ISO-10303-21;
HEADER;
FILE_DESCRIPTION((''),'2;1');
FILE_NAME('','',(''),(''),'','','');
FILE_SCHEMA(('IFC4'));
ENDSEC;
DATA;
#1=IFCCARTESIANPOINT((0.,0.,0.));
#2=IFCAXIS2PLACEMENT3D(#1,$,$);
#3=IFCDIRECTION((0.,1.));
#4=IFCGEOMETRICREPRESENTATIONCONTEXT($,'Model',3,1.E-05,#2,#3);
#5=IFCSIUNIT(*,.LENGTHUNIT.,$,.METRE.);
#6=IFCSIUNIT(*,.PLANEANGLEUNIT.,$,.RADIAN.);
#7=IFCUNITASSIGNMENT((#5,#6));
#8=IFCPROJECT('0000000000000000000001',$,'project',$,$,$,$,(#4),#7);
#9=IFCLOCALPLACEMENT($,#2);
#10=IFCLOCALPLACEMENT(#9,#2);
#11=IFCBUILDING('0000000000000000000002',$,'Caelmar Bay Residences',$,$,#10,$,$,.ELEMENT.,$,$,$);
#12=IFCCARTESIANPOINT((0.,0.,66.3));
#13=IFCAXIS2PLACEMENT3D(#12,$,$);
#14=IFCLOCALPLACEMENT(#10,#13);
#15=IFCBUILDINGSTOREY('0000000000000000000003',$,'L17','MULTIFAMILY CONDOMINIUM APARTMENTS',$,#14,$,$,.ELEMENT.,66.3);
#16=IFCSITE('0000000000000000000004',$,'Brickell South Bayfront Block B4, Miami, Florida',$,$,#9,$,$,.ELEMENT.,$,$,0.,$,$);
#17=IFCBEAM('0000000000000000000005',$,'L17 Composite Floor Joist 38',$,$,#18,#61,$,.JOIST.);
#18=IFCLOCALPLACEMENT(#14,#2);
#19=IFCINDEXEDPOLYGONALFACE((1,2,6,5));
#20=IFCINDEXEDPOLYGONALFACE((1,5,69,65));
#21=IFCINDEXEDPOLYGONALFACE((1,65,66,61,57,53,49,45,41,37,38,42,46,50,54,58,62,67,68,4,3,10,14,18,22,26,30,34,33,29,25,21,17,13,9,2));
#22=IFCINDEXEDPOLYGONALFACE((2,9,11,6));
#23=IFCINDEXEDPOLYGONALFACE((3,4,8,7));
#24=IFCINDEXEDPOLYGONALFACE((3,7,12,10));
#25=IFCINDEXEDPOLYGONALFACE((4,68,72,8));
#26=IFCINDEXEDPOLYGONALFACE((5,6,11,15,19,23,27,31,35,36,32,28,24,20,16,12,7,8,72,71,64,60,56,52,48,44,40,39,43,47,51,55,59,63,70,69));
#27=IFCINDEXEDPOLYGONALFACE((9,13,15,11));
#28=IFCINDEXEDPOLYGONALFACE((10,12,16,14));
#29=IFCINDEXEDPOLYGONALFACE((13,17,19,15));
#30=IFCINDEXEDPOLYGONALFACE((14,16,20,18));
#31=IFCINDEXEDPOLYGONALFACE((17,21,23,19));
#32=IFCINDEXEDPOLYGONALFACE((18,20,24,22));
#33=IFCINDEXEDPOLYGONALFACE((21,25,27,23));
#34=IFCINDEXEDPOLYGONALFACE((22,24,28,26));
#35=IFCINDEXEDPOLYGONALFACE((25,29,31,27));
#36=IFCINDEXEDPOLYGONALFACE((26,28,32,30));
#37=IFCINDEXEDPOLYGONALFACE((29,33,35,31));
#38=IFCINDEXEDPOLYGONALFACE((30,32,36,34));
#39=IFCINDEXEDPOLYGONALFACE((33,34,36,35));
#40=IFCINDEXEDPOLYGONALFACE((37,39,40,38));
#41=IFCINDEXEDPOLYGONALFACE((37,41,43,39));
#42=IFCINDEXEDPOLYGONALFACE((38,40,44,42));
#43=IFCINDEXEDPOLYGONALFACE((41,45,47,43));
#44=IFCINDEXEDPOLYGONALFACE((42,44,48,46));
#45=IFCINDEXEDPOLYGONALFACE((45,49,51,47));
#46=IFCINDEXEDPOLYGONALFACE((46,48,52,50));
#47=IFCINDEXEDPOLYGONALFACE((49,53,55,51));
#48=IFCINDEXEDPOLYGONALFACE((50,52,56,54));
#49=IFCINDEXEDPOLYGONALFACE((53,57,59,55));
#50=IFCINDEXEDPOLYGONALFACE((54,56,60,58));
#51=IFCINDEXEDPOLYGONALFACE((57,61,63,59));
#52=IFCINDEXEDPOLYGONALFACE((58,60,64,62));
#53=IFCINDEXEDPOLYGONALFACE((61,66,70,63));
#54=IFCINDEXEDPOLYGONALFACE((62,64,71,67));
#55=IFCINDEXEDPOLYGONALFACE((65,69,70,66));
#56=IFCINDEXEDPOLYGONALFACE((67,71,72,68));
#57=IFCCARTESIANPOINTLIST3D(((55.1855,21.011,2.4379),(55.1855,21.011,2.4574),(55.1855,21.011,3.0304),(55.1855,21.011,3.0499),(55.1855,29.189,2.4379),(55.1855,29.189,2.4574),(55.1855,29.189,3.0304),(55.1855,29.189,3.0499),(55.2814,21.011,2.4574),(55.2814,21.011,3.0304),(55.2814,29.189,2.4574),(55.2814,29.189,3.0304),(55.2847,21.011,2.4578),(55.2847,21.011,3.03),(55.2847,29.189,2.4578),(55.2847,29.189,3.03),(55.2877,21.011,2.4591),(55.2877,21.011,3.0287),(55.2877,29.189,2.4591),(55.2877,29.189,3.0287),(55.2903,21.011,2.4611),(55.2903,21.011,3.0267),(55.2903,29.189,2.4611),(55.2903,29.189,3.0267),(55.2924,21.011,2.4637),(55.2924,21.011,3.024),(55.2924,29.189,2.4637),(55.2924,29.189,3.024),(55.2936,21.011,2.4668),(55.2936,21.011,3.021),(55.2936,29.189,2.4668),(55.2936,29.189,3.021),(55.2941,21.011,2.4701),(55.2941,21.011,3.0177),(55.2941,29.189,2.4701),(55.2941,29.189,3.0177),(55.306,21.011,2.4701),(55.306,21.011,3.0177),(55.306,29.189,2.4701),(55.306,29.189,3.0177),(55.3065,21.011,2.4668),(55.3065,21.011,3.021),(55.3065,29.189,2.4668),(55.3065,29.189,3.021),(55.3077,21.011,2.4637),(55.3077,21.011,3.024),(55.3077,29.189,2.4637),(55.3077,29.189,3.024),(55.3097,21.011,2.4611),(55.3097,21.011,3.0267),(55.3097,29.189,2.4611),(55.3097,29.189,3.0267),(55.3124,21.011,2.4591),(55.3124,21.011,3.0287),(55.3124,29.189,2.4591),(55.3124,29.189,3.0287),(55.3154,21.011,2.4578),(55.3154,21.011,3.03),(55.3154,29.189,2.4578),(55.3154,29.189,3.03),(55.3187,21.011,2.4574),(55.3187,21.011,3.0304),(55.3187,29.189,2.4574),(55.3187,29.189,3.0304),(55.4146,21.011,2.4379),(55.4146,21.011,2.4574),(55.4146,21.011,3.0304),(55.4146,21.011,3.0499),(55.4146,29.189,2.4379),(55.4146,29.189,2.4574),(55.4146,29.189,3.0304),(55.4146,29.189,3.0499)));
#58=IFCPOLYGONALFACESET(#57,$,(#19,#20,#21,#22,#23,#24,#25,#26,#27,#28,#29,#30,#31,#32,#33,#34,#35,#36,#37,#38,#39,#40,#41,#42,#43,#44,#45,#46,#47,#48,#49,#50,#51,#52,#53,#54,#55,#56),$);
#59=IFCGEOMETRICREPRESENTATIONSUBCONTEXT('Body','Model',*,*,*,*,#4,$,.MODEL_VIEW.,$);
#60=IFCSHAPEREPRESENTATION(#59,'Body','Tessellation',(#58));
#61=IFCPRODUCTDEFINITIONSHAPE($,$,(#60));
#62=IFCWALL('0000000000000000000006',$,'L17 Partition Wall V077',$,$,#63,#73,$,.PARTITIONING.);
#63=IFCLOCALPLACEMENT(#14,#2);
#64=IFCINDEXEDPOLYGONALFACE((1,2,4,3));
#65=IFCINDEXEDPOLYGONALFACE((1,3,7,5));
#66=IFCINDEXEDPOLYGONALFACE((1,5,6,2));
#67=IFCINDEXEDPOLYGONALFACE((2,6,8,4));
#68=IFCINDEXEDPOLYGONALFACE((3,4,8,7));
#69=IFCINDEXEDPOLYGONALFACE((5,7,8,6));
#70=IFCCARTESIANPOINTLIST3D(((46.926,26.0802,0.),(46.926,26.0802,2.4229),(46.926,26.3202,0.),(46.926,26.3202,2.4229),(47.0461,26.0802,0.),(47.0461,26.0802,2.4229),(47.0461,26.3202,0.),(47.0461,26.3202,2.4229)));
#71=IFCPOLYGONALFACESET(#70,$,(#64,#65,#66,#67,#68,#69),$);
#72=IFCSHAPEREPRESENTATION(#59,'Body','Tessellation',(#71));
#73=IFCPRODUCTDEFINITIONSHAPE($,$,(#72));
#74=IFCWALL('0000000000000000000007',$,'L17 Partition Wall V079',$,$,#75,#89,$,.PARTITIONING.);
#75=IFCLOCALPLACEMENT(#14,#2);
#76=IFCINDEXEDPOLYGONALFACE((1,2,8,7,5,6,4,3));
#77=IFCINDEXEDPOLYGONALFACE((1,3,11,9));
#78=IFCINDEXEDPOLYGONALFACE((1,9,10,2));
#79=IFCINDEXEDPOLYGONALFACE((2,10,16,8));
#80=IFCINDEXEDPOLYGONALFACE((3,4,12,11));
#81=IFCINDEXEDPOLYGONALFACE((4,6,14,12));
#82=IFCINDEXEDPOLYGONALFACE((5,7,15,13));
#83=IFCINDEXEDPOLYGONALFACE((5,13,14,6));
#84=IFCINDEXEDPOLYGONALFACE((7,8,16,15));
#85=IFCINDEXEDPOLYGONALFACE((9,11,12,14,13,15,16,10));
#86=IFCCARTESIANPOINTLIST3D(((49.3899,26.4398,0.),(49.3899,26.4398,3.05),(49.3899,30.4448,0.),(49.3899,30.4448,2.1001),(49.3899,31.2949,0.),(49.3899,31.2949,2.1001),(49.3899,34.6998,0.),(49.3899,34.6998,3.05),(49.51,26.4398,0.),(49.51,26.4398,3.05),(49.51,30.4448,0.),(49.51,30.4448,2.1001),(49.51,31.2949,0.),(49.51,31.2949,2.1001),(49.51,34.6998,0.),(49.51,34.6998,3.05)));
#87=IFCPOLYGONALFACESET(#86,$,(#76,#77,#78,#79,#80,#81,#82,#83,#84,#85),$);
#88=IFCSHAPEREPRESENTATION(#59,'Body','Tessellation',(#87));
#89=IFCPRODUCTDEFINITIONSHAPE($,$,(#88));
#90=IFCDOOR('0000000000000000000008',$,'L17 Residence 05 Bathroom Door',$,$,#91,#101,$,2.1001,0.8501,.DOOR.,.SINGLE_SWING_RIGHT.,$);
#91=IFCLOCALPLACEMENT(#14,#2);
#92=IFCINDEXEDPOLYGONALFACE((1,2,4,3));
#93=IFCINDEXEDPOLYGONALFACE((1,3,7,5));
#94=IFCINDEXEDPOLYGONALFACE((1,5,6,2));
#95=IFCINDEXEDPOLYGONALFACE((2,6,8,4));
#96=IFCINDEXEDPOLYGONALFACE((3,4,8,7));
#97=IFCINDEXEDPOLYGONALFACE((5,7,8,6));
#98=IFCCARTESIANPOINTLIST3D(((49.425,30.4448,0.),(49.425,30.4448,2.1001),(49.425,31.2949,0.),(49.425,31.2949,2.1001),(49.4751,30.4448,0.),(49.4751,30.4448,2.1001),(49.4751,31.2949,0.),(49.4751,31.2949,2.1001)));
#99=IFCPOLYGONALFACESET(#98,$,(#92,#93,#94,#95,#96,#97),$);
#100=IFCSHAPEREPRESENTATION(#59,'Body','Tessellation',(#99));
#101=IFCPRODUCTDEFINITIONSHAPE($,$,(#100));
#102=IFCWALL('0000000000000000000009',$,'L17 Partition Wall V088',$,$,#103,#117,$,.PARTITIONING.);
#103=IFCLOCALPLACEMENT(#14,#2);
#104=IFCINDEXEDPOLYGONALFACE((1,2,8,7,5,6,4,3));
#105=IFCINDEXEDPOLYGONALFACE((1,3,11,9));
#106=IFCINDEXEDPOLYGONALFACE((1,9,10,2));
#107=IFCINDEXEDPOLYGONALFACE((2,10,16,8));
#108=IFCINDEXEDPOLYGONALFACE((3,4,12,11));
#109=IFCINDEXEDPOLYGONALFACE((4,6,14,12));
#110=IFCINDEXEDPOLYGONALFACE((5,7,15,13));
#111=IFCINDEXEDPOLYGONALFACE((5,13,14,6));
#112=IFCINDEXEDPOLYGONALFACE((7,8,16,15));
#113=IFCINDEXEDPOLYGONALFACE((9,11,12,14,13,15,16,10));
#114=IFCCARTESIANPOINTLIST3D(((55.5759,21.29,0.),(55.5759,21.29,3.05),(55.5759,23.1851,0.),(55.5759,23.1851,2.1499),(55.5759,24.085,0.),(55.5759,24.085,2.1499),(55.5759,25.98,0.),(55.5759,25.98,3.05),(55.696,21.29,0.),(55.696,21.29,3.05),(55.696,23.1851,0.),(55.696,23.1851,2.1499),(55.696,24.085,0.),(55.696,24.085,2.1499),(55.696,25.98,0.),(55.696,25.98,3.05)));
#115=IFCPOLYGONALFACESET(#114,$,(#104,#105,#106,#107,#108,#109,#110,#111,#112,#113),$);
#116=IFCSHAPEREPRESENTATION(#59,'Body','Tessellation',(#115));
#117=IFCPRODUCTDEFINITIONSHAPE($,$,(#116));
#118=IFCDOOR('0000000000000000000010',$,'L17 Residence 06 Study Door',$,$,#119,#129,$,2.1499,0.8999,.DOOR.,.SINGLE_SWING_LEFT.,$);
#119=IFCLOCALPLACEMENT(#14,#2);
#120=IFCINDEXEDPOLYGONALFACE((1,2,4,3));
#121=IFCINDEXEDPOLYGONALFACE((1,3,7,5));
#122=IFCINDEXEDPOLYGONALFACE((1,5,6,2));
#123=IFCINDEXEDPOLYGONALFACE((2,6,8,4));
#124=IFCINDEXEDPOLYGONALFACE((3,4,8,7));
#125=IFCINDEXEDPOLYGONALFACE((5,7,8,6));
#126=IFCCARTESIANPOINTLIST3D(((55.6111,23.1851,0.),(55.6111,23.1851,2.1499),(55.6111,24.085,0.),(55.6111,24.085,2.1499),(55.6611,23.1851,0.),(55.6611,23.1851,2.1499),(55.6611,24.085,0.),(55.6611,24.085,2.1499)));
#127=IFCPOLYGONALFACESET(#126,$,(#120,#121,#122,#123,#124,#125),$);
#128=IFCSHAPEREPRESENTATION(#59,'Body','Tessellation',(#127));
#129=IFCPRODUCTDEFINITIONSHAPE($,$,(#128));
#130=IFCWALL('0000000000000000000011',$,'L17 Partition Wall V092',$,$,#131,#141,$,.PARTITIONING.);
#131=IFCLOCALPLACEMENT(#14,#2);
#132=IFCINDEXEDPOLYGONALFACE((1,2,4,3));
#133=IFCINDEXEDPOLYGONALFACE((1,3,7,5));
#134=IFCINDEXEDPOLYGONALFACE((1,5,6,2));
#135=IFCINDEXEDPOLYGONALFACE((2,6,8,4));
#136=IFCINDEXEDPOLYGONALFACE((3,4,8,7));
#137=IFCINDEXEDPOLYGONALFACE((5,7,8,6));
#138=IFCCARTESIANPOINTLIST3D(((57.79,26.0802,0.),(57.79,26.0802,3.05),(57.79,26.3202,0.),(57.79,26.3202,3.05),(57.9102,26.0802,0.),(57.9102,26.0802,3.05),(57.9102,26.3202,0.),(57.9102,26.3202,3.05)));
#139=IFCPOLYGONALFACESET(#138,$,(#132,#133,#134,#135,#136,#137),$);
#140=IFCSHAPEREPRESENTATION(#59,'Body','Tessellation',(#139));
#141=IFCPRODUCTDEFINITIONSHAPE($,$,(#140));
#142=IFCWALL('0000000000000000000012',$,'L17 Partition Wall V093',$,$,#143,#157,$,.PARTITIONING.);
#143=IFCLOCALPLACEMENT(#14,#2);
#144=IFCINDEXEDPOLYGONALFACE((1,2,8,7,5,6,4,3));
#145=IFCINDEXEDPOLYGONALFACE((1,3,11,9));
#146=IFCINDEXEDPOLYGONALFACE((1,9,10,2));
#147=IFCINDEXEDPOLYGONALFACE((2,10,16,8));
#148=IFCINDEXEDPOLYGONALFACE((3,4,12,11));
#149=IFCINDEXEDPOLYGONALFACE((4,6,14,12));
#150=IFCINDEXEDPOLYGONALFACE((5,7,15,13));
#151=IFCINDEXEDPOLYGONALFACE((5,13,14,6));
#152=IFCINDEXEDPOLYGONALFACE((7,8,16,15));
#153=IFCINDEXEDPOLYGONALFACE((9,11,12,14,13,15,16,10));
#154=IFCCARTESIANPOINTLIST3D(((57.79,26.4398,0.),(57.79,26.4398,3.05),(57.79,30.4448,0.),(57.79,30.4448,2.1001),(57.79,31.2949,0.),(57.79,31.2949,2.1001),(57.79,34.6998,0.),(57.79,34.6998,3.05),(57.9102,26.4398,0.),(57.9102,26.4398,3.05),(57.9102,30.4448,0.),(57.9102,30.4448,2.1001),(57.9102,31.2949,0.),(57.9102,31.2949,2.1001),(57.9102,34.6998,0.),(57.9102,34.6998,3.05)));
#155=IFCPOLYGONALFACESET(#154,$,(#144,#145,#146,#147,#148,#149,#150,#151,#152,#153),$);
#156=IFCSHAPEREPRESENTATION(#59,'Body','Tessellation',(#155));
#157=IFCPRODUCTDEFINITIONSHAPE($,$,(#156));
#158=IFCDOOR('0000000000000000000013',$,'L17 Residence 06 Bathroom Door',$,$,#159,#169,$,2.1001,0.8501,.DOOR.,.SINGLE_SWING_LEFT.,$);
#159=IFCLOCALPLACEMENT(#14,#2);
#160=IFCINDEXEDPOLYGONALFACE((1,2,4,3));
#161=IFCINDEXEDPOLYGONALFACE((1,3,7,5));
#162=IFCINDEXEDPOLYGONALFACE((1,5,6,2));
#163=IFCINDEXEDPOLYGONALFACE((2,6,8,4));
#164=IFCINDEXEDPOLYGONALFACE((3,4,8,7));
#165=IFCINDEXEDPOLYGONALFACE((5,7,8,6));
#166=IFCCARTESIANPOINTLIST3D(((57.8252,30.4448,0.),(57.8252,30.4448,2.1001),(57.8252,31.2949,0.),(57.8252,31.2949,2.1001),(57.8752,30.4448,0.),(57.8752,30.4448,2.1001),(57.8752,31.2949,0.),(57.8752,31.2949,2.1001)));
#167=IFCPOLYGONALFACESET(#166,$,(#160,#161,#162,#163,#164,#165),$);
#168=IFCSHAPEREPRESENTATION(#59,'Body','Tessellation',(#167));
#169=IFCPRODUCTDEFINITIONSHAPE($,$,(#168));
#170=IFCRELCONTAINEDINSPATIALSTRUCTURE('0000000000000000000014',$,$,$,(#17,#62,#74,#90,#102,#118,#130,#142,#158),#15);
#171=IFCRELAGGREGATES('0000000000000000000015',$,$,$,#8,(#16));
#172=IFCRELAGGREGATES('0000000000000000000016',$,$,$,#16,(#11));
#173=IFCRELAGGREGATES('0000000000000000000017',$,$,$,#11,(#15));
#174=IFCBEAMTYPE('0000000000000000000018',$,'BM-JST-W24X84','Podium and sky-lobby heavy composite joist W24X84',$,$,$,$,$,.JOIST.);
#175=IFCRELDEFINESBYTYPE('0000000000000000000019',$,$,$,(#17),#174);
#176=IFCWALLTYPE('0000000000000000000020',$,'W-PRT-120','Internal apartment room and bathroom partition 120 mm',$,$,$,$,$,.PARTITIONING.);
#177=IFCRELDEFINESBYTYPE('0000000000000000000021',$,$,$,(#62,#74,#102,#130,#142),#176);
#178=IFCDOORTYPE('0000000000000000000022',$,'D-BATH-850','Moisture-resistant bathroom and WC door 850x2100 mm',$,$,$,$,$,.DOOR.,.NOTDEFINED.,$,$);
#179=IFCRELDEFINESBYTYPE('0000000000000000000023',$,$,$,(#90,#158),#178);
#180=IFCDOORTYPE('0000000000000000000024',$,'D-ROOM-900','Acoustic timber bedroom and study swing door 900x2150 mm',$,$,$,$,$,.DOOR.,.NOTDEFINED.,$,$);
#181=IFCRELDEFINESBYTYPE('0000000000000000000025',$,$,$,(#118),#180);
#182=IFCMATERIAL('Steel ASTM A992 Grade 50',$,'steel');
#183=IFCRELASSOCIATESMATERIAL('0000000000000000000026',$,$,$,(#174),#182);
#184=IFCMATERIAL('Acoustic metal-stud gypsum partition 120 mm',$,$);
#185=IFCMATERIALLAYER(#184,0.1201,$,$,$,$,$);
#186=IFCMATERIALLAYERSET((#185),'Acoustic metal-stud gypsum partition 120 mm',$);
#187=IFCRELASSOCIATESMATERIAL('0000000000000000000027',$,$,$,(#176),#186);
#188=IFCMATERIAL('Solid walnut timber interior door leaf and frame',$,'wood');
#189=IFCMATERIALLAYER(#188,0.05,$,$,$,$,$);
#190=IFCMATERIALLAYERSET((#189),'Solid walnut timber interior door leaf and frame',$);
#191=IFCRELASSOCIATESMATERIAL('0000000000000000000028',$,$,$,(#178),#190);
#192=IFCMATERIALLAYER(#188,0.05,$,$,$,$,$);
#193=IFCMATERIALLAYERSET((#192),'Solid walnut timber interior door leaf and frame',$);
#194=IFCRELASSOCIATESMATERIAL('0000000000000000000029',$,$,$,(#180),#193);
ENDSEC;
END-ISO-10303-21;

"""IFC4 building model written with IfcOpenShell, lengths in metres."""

from ifc_helpers import new_model, si_unit, direction, frame, frame_2d, origin, origin_2d, place, context, subcontext, project, spatial, rectangle, i_section, extrude, material, layer, layer_set, material_profile, profile_set, type_object, element, fill, save


model = new_model("IFC4")

# Units and contexts
model_context = context("Model", 3, precision=1e-05, world=origin(), true_north=direction((0.0, 1.0)))
body_context = subcontext(model_context, "Body", "Model", "MODEL_VIEW")
ifc_project = project(units=[si_unit("LENGTHUNIT", "METRE"), si_unit("PLANEANGLEUNIT", "RADIAN")], contexts=[model_context])

# Site, building, storey
site_placement = place(None, origin())
site = spatial("IfcSite", under=ifc_project, at=site_placement, Name="Brickell South Bayfront Block B4, Miami, Florida", CompositionType="ELEMENT", RefElevation=0.0)
building_placement = place(site_placement, origin())
building = spatial("IfcBuilding", under=site, at=building_placement, Name="Caelmar Bay Residences", CompositionType="ELEMENT")
storey_placement = place(building_placement, frame((0.0, 0.0, 66.3)))
storey = spatial("IfcBuildingStorey", under=building, at=storey_placement, Name="L17", Description="MULTIFAMILY CONDOMINIUM APARTMENTS", CompositionType="ELEMENT", Elevation=66.3)

# Beam
ifc_material_1 = material(Name="Steel ASTM A992 Grade 50", Category="steel")
ifc_material_profile_1 = material_profile(ifc_material_1, i_section(OverallWidth=0.229, OverallDepth=0.6121, WebThickness=0.012, FlangeThickness=0.0195, FilletRadius=0.0127, at=origin_2d()), Name="W24X84")
ifc_profile_set_1 = profile_set([ifc_material_profile_1], Name="Steel ASTM A992 Grade 50")
beam_type_1 = type_object("IfcBeamType", Name="BM-JST-W24X84", Description="Podium and sky-lobby heavy composite joist W24X84", PredefinedType="JOIST", material=ifc_profile_set_1)
beam_1_placement = place(storey_placement, frame((55.3, 21.011, 2.7439), z_axis=(0.0, 1.0, 0.0), x_axis=(-1.0, 0.0, 0.0)))
element("IfcBeam", 1, at=beam_1_placement, inside=storey, type_object=beam_type_1, Name="L17 Composite Floor Joist 38", PredefinedType="JOIST", context=body_context, shape_type="SweptSolid", body=[
    extrude(i_section(OverallWidth=0.229, OverallDepth=0.6121, WebThickness=0.012, FlangeThickness=0.0195, FilletRadius=0.0127, at=origin_2d()), origin(), (0.0, 0.0, 1.0), 8.178),
])

# Wall
ifc_material_2 = material(Name="Acoustic metal-stud gypsum partition 120 mm")
ifc_layer_1 = layer(ifc_material_2, 0.1201)
ifc_layer_set_1 = layer_set([ifc_layer_1], Name="Acoustic metal-stud gypsum partition 120 mm")
wall_type_1 = type_object("IfcWallType", Name="W-PRT-120", Description="Internal apartment room and bathroom partition 120 mm", PredefinedType="PARTITIONING", material=ifc_layer_set_1)
wall_1_placement = place(storey_placement, frame((46.9861, 26.0801, 0.0), z_axis=(0.0, 0.0, 1.0), x_axis=(0.0, 1.0, 0.0)))
element("IfcWall", 2, at=wall_1_placement, inside=storey, type_object=wall_type_1, Name="L17 Partition Wall V077", PredefinedType="PARTITIONING", context=body_context, shape_type="SweptSolid", body=[
    extrude(rectangle(XDim=0.24, YDim=0.1201, at=frame_2d((0.1201, 0.0))), origin(), (0.0, 0.0, 1.0), 2.4229),
])

# Walls, openings, doors
wall_2_placement = place(storey_placement, frame((49.45, 26.4399, 0.0), z_axis=(0.0, 0.0, 1.0), x_axis=(0.0, 1.0, 0.0)))
wall_2 = element("IfcWall", 3, at=wall_2_placement, inside=storey, type_object=wall_type_1, Name="L17 Partition Wall V079", PredefinedType="PARTITIONING", context=body_context, shape_type="SweptSolid", body=[
    extrude(rectangle(XDim=8.26, YDim=0.1201, at=frame_2d((4.1299, 0.0))), origin(), (0.0, 0.0, 1.0), 3.05),
])
opening_1_placement = place(wall_2_placement, frame((4.0049, 0.0, 0.0)))
opening_1 = element("IfcOpeningElement", 4, at=opening_1_placement, cuts=wall_2, PredefinedType="OPENING", context=body_context, shape_type="SweptSolid", body=[
    extrude(rectangle(XDim=0.8501, YDim=2.1001, at=frame_2d((0.425, 1.05))), frame((0.0, 0.0701, 0.0), z_axis=(0.0, -1.0, 0.0), x_axis=(1.0, 0.0, 0.0)), (0.0, 0.0, 1.0), 0.1401),
])
ifc_material_3 = material(Name="Solid walnut timber interior door leaf and frame", Category="wood")
ifc_layer_2 = layer(ifc_material_3, 0.05)
ifc_layer_set_2 = layer_set([ifc_layer_2], Name="Solid walnut timber interior door leaf and frame")
door_type_1 = type_object("IfcDoorType", Name="D-BATH-850", Description="Moisture-resistant bathroom and WC door 850x2100 mm", OperationType="NOTDEFINED", PredefinedType="DOOR", material=ifc_layer_set_2)
door_1_placement = place(opening_1_placement, origin())
door_1 = element("IfcDoor", 5, at=door_1_placement, inside=storey, type_object=door_type_1, Name="L17 Residence 05 Bathroom Door", OperationType="SINGLE_SWING_RIGHT", OverallHeight=2.1001, OverallWidth=0.8501, PredefinedType="DOOR", context=body_context, shape_type="SweptSolid", body=[
    extrude(rectangle(XDim=0.8501, YDim=2.1001, at=frame_2d((0.425, 1.05))), frame((0.0, 0.0249, 0.0), z_axis=(0.0, -1.0, 0.0), x_axis=(1.0, 0.0, 0.0)), (0.0, 0.0, 1.0), 0.05),
])
fill(opening_1, door_1)
wall_3_placement = place(storey_placement, frame((55.636, 21.29, 0.0), z_axis=(0.0, 0.0, 1.0), x_axis=(0.0, 1.0, 0.0)))
wall_3 = element("IfcWall", 6, at=wall_3_placement, inside=storey, type_object=wall_type_1, Name="L17 Partition Wall V088", PredefinedType="PARTITIONING", context=body_context, shape_type="SweptSolid", body=[
    extrude(rectangle(XDim=4.6899, YDim=0.1201, at=frame_2d((2.345, 0.0))), origin(), (0.0, 0.0, 1.0), 3.05),
])
opening_2_placement = place(wall_3_placement, frame((1.895, 0.0, 0.0)))
opening_2 = element("IfcOpeningElement", 7, at=opening_2_placement, cuts=wall_3, PredefinedType="OPENING", context=body_context, shape_type="SweptSolid", body=[
    extrude(rectangle(XDim=0.8999, YDim=2.1499, at=frame_2d((0.45, 1.075))), frame((0.0, 0.0701, 0.0), z_axis=(0.0, -1.0, 0.0), x_axis=(1.0, 0.0, 0.0)), (0.0, 0.0, 1.0), 0.1401),
])
ifc_layer_3 = layer(ifc_material_3, 0.05)
ifc_layer_set_3 = layer_set([ifc_layer_3], Name="Solid walnut timber interior door leaf and frame")
door_type_2 = type_object("IfcDoorType", Name="D-ROOM-900", Description="Acoustic timber bedroom and study swing door 900x2150 mm", OperationType="NOTDEFINED", PredefinedType="DOOR", material=ifc_layer_set_3)
door_2_placement = place(opening_2_placement, origin())
door_2 = element("IfcDoor", 8, at=door_2_placement, inside=storey, type_object=door_type_2, Name="L17 Residence 06 Study Door", OperationType="SINGLE_SWING_LEFT", OverallHeight=2.1499, OverallWidth=0.8999, PredefinedType="DOOR", context=body_context, shape_type="SweptSolid", body=[
    extrude(rectangle(XDim=0.8999, YDim=2.1499, at=frame_2d((0.45, 1.075))), frame((0.0, 0.0249, 0.0), z_axis=(0.0, -1.0, 0.0), x_axis=(1.0, 0.0, 0.0)), (0.0, 0.0, 1.0), 0.05),
])
fill(opening_2, door_2)

# Wall
wall_4_placement = place(storey_placement, frame((57.8501, 26.0801, 0.0), z_axis=(0.0, 0.0, 1.0), x_axis=(0.0, 1.0, 0.0)))
element("IfcWall", 9, at=wall_4_placement, inside=storey, type_object=wall_type_1, Name="L17 Partition Wall V092", PredefinedType="PARTITIONING", context=body_context, shape_type="SweptSolid", body=[
    extrude(rectangle(XDim=0.24, YDim=0.1201, at=frame_2d((0.1201, 0.0))), origin(), (0.0, 0.0, 1.0), 3.05),
])

# Wall, opening, door
wall_5_placement = place(storey_placement, frame((57.8501, 26.4399, 0.0), z_axis=(0.0, 0.0, 1.0), x_axis=(0.0, 1.0, 0.0)))
wall_5 = element("IfcWall", 10, at=wall_5_placement, inside=storey, type_object=wall_type_1, Name="L17 Partition Wall V093", PredefinedType="PARTITIONING", context=body_context, shape_type="SweptSolid", body=[
    extrude(rectangle(XDim=8.26, YDim=0.1201, at=frame_2d((4.1299, 0.0))), origin(), (0.0, 0.0, 1.0), 3.05),
])
opening_3_placement = place(wall_5_placement, frame((4.0049, 0.0, 0.0)))
opening_3 = element("IfcOpeningElement", 11, at=opening_3_placement, cuts=wall_5, PredefinedType="OPENING", context=body_context, shape_type="SweptSolid", body=[
    extrude(rectangle(XDim=0.8501, YDim=2.1001, at=frame_2d((0.425, 1.05))), frame((0.0, 0.0701, 0.0), z_axis=(0.0, -1.0, 0.0), x_axis=(1.0, 0.0, 0.0)), (0.0, 0.0, 1.0), 0.1401),
])
door_3_placement = place(opening_3_placement, origin())
door_3 = element("IfcDoor", 12, at=door_3_placement, inside=storey, type_object=door_type_1, Name="L17 Residence 06 Bathroom Door", OperationType="SINGLE_SWING_LEFT", OverallHeight=2.1001, OverallWidth=0.8501, PredefinedType="DOOR", context=body_context, shape_type="SweptSolid", body=[
    extrude(rectangle(XDim=0.8501, YDim=2.1001, at=frame_2d((0.425, 1.05))), frame((0.0, 0.0249, 0.0), z_axis=(0.0, -1.0, 0.0), x_axis=(1.0, 0.0, 0.0)), (0.0, 0.0, 1.0), 0.05),
])
fill(opening_3, door_3)

save(model, "model.ifc")
